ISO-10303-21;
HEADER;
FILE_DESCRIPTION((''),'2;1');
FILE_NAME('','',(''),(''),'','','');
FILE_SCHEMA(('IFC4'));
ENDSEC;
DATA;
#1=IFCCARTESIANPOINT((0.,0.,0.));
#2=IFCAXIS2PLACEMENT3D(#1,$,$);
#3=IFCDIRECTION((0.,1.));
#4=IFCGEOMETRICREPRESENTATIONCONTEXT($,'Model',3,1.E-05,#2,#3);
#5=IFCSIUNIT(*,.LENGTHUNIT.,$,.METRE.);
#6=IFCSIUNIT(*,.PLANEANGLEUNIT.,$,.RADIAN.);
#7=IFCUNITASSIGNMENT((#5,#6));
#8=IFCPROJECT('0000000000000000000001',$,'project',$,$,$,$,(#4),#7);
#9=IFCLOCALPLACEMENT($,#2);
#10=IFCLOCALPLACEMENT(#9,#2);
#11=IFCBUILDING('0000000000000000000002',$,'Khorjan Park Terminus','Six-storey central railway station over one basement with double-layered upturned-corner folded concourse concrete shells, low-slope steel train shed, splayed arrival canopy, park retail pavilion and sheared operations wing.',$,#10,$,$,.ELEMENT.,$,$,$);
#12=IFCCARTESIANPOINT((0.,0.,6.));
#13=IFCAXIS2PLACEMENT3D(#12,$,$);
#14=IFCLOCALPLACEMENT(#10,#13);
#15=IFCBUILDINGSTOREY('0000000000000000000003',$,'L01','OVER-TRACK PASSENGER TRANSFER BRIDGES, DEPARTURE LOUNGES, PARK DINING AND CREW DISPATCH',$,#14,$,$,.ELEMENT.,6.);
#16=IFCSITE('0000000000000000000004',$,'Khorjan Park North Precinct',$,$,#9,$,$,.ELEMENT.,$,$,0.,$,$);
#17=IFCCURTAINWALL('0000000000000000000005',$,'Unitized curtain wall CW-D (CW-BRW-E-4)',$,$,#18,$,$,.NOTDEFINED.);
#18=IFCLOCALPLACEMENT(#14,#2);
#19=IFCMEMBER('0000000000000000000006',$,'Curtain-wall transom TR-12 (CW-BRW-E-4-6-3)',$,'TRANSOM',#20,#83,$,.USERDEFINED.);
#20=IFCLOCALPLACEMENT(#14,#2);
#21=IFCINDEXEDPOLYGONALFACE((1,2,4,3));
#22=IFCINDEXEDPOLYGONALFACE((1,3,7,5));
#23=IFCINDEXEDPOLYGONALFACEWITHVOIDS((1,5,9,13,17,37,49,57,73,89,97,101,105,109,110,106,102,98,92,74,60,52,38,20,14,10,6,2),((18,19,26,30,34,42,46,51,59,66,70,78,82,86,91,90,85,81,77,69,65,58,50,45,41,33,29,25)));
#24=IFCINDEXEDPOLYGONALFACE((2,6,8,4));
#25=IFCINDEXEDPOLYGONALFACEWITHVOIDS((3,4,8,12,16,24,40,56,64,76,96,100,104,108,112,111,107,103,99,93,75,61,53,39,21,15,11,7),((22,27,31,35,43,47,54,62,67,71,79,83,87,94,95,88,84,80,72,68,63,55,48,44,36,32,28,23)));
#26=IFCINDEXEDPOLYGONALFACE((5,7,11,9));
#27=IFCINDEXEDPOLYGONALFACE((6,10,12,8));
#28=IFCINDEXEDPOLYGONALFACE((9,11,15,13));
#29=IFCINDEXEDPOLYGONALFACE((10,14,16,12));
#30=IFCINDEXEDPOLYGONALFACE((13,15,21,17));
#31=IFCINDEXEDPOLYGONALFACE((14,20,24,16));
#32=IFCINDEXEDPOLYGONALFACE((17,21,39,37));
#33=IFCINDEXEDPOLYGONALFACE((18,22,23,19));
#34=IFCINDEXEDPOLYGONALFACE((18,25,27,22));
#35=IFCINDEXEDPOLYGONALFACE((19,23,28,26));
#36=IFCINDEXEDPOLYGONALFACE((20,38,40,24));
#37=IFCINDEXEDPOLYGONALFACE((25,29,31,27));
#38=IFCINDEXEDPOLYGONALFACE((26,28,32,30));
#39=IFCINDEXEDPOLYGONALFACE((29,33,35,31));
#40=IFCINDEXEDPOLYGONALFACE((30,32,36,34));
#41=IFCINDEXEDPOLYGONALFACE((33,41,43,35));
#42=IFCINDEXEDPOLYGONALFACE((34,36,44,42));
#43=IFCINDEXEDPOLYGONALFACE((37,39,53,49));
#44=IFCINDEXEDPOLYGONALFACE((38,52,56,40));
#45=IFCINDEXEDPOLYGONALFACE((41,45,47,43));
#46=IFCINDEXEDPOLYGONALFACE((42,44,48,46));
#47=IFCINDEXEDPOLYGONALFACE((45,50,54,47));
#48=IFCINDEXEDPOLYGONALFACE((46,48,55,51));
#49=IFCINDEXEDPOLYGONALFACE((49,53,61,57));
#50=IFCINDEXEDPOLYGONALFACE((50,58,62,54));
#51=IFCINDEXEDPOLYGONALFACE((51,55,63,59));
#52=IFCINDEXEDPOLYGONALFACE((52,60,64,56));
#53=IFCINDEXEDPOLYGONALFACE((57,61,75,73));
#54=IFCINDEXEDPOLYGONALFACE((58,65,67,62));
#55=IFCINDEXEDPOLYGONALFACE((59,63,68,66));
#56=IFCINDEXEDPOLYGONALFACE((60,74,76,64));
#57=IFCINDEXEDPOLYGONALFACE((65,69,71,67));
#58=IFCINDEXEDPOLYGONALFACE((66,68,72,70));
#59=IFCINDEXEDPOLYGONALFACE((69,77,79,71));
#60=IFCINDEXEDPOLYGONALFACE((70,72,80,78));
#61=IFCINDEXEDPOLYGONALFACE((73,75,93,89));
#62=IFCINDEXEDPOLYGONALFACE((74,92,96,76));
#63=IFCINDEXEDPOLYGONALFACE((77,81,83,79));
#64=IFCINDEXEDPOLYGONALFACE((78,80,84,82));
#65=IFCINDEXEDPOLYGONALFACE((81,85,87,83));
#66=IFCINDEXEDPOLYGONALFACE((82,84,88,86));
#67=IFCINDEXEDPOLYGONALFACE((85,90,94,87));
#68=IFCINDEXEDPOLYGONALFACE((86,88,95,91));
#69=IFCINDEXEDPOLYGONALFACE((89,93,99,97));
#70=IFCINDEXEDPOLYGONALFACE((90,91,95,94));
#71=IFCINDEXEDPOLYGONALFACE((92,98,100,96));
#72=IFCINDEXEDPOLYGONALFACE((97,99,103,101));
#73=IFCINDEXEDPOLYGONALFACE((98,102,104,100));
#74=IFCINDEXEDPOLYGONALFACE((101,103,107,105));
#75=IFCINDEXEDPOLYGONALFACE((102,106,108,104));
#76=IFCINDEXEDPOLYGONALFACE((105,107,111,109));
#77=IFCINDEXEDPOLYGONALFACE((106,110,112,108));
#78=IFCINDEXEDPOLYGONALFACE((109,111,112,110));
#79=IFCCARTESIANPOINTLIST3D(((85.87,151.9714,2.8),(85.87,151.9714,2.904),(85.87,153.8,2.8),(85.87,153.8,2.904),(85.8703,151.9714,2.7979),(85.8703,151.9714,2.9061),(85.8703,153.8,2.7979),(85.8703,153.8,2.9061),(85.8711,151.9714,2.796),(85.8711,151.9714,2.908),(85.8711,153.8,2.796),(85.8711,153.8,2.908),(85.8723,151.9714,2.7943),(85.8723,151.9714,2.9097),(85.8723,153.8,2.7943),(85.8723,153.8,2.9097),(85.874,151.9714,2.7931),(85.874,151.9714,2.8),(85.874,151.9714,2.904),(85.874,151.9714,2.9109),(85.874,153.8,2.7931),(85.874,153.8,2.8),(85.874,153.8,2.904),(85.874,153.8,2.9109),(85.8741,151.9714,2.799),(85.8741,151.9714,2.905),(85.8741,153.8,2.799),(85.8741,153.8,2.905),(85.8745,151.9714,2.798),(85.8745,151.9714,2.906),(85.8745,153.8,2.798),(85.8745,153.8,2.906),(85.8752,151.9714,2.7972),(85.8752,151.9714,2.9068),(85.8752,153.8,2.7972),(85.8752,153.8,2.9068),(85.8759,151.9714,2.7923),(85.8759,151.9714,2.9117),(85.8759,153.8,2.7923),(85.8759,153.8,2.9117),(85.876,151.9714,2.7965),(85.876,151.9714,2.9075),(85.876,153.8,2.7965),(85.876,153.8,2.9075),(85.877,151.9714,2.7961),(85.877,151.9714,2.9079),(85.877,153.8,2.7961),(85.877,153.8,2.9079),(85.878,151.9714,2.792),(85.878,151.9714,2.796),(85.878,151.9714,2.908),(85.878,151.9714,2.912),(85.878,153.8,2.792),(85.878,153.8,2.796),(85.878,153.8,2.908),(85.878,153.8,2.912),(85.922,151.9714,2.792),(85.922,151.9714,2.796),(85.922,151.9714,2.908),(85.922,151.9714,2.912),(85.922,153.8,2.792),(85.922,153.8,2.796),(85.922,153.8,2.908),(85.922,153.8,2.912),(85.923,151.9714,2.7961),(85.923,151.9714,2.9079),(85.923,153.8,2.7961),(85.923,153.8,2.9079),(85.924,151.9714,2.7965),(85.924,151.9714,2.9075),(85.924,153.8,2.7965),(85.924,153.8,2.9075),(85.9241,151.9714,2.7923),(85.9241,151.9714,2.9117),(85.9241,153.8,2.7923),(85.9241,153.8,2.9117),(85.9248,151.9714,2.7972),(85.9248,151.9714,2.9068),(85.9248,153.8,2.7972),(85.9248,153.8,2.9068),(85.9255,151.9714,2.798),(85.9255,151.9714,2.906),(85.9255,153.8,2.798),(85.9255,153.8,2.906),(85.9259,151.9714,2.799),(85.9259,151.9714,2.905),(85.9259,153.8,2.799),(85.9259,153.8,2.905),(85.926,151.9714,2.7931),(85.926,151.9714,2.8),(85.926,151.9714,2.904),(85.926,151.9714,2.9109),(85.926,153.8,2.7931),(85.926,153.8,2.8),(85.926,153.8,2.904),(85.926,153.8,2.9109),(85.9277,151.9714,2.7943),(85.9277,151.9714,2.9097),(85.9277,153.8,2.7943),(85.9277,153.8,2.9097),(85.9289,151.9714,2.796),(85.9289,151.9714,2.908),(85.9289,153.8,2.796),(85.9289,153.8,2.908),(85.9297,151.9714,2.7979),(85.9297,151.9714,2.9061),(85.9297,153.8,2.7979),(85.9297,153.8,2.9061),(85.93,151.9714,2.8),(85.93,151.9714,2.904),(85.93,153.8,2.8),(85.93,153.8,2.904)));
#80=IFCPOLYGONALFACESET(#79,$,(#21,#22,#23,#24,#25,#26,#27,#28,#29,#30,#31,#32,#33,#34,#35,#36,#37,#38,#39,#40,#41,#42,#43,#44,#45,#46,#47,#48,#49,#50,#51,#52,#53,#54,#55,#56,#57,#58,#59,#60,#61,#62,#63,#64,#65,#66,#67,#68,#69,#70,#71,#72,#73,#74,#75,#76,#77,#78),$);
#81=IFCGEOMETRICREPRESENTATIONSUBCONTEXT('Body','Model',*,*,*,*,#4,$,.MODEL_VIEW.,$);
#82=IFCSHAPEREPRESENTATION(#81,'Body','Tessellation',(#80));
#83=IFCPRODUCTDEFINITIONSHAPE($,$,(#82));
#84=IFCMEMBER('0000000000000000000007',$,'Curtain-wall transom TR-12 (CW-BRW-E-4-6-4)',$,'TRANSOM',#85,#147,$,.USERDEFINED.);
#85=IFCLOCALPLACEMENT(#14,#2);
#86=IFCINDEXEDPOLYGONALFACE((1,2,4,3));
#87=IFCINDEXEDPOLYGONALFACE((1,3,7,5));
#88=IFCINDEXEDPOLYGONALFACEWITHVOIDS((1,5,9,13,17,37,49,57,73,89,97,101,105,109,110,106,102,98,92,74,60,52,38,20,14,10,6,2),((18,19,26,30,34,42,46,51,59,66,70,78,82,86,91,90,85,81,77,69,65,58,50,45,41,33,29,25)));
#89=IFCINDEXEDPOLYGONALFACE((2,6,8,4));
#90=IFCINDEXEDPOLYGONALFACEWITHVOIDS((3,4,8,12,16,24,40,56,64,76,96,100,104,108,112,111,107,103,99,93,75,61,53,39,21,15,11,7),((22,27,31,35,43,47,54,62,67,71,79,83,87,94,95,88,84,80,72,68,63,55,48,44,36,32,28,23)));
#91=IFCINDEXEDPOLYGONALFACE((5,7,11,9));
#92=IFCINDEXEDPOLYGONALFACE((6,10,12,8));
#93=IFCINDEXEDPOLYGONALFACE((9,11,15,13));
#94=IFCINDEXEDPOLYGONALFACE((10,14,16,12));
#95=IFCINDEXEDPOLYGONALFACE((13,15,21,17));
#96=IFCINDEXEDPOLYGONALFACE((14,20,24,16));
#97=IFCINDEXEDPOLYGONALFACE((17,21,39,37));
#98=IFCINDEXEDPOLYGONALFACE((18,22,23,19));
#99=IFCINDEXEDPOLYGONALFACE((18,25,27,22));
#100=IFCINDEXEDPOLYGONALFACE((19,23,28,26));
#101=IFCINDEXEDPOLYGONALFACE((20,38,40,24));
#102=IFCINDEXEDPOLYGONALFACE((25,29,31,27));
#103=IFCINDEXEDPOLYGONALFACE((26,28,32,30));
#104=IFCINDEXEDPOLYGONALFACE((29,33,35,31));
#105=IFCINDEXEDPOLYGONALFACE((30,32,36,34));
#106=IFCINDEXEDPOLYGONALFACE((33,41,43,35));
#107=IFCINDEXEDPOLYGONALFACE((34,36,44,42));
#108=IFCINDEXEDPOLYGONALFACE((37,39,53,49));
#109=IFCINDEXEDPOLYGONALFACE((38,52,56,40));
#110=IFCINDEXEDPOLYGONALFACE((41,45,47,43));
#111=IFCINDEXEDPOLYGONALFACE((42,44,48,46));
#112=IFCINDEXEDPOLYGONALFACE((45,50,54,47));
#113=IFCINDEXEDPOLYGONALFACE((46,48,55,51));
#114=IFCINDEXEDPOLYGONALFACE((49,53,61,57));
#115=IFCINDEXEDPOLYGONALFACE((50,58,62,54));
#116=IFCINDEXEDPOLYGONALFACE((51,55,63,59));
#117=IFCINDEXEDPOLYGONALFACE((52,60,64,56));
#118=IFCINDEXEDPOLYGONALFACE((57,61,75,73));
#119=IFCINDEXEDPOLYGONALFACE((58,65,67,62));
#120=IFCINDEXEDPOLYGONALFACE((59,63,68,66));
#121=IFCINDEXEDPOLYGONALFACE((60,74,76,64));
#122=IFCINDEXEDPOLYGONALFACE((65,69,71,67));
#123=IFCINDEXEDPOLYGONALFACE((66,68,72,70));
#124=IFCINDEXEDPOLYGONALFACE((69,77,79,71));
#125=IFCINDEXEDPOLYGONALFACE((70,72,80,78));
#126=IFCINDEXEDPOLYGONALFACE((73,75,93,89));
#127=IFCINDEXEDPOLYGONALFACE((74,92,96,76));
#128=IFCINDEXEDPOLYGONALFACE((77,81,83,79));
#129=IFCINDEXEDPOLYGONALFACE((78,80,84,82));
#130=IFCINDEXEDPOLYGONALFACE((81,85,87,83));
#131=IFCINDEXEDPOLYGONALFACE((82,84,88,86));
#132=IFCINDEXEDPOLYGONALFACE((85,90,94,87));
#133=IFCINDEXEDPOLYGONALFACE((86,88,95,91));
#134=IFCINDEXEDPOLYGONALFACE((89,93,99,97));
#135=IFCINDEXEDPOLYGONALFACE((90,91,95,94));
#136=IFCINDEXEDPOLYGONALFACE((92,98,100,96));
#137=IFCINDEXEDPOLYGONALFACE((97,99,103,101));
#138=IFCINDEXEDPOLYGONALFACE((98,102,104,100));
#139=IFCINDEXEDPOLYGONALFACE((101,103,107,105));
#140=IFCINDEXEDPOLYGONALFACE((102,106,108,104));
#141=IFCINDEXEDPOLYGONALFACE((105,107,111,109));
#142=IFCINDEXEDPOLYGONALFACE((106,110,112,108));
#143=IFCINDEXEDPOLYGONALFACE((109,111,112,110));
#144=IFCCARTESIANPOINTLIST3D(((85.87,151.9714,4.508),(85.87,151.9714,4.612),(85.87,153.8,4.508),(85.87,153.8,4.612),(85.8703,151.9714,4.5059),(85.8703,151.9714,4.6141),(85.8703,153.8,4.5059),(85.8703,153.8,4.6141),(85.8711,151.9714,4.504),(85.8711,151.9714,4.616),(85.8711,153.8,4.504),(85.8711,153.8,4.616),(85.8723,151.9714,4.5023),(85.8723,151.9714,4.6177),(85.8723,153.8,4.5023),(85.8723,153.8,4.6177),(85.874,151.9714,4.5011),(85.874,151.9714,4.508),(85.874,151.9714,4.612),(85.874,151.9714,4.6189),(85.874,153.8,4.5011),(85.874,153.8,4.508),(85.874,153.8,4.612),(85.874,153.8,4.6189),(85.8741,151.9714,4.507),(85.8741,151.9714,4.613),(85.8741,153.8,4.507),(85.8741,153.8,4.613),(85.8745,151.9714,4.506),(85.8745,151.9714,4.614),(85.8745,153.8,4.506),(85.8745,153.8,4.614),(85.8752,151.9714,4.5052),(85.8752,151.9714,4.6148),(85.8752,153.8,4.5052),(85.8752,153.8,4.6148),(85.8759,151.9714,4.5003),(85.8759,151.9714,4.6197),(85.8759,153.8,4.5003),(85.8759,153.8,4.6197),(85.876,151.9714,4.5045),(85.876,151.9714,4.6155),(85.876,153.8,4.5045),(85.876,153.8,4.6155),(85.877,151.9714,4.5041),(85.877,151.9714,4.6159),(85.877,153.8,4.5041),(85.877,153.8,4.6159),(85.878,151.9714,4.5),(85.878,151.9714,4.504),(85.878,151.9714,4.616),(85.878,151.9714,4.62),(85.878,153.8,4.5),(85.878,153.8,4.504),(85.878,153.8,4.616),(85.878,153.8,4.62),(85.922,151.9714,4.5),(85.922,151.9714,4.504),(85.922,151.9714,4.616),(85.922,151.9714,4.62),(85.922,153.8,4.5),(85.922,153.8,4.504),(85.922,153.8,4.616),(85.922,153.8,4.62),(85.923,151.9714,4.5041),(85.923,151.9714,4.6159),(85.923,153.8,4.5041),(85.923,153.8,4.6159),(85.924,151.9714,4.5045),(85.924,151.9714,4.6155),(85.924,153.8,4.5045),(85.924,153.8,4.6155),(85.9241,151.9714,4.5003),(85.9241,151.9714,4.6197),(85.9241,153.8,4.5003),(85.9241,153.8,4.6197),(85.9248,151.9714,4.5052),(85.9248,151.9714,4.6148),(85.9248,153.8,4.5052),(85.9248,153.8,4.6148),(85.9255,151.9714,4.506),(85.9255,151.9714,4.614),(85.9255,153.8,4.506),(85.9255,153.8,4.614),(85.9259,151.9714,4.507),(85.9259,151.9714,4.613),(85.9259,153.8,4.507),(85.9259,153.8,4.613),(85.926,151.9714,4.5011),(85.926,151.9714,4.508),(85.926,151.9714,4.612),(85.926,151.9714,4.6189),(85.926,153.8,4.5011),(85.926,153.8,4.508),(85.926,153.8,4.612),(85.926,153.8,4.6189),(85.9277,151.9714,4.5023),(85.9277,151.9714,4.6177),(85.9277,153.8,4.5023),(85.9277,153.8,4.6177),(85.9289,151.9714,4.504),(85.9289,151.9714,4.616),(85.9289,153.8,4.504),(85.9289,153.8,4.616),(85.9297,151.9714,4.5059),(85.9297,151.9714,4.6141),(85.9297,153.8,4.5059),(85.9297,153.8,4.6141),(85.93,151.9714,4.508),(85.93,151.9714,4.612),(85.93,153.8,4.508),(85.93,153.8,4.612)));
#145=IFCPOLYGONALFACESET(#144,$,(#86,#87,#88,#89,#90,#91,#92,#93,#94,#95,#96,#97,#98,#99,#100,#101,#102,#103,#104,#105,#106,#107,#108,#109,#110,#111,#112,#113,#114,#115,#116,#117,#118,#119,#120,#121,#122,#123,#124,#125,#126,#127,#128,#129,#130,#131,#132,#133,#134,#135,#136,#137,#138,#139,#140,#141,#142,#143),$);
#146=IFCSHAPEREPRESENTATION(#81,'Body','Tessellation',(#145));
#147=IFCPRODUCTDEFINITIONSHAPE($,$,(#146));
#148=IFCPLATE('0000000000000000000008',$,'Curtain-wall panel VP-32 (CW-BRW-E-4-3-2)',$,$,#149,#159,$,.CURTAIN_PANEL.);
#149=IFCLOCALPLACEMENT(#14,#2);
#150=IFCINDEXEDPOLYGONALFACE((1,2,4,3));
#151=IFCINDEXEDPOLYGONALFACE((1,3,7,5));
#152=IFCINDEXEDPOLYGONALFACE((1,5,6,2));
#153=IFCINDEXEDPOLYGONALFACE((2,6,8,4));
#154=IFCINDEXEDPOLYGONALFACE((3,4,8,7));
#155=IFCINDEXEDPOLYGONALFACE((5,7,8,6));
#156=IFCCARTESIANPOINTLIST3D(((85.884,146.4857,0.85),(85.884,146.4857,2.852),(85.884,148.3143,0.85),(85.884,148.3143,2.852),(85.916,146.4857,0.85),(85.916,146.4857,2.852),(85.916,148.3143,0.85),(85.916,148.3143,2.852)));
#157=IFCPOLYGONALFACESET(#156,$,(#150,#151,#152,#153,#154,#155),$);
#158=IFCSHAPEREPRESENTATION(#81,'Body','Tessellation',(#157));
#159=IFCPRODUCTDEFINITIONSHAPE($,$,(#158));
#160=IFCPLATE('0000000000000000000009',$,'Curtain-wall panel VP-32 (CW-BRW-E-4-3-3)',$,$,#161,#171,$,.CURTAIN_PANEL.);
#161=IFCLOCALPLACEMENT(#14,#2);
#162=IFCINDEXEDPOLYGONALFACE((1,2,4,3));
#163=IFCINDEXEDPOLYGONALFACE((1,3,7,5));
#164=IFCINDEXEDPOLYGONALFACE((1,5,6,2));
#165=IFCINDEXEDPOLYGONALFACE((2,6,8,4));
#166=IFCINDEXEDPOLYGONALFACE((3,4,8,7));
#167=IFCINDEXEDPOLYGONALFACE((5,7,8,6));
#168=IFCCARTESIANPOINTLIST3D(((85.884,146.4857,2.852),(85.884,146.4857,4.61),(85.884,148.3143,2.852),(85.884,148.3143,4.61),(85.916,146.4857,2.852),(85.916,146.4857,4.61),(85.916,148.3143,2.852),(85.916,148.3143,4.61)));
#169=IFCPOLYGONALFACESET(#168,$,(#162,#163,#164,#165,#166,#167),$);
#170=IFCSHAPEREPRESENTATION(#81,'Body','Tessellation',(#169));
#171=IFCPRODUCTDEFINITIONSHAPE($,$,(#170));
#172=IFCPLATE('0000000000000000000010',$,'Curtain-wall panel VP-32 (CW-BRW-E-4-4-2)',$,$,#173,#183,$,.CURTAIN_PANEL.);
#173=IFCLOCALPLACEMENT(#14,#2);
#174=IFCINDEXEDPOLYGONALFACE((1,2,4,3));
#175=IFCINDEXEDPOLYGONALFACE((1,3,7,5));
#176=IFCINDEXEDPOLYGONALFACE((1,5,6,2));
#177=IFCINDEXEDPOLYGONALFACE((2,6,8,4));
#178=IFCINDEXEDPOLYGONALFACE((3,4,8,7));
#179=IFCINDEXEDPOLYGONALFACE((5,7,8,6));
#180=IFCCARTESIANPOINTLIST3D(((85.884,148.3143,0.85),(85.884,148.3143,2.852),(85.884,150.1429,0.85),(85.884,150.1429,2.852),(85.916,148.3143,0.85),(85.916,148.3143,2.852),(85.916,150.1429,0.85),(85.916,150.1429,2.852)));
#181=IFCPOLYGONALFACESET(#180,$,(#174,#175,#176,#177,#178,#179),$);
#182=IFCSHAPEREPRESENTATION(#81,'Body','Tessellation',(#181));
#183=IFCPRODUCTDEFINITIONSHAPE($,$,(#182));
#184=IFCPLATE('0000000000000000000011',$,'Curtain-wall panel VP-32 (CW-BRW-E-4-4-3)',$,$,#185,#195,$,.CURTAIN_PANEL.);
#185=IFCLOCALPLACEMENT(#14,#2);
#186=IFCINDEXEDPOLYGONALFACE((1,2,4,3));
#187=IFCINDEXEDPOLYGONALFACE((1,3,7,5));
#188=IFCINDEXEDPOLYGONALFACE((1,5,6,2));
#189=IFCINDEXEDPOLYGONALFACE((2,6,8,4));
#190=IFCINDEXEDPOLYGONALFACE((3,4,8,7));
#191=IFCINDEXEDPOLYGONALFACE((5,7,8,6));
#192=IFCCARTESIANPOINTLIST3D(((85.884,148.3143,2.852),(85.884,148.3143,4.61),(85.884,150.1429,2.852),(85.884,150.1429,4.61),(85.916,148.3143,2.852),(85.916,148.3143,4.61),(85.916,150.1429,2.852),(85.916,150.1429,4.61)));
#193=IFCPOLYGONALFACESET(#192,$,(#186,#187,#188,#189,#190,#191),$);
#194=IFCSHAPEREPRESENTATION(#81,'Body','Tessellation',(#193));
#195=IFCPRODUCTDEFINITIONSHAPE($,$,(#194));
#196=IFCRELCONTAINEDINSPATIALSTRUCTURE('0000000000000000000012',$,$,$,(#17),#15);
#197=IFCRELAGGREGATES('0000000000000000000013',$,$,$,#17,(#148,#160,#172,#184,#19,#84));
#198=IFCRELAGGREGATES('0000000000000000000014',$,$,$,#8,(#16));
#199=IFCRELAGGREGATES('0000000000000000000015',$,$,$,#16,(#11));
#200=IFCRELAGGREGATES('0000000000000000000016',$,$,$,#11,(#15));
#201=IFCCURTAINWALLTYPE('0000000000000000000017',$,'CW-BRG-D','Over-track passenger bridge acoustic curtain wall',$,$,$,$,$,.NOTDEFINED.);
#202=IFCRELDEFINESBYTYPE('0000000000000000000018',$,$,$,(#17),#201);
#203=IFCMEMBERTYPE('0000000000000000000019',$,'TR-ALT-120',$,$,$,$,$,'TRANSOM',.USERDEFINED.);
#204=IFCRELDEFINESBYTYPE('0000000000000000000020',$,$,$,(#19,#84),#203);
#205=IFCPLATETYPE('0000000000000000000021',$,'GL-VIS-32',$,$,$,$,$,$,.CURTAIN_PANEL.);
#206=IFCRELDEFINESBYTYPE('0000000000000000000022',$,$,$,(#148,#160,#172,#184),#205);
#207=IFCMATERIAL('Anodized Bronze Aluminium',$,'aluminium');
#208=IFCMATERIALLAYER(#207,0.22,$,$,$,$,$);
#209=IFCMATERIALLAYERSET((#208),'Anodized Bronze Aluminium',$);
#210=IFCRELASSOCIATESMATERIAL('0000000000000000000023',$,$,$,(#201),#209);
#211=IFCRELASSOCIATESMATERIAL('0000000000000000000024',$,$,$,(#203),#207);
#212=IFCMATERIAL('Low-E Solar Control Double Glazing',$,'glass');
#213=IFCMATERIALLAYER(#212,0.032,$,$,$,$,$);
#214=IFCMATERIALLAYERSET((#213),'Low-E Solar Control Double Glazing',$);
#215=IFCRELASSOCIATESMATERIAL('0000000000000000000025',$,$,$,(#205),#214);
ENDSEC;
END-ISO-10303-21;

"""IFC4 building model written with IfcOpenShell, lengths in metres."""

from ifc_helpers import new_model, si_unit, direction, frame, origin, origin_2d, place, context, subcontext, project, spatial, rectangle, hollow_rectangle, extrude, material, layer, layer_set, material_profile, profile_set, type_object, element, aggregate, save


model = new_model("IFC4")

# Units and contexts
model_context = context("Model", 3, precision=1e-05, world=origin(), true_north=direction((0.0, 1.0)))
body_context = subcontext(model_context, "Body", "Model", "MODEL_VIEW")
ifc_project = project(units=[si_unit("LENGTHUNIT", "METRE"), si_unit("PLANEANGLEUNIT", "RADIAN")], contexts=[model_context])

# Site, building, storey
site_placement = place(None, origin())
site = spatial("IfcSite", under=ifc_project, at=site_placement, Name="Khorjan Park North Precinct", CompositionType="ELEMENT", RefElevation=0.0)
building_placement = place(site_placement, origin())
building = spatial("IfcBuilding", under=site, at=building_placement, Name="Khorjan Park Terminus", Description="Six-storey central railway station over one basement with double-layered upturned-corner folded concourse concrete shells, low-slope steel train shed, splayed arrival canopy, park retail pavilion and sheared operations wing.", CompositionType="ELEMENT")
storey_placement = place(building_placement, frame((0.0, 0.0, 6.0)))
storey = spatial("IfcBuildingStorey", under=building, at=storey_placement, Name="L01", Description="OVER-TRACK PASSENGER TRANSFER BRIDGES, DEPARTURE LOUNGES, PARK DINING AND CREW DISPATCH", CompositionType="ELEMENT", Elevation=6.0)

# Curtain wall, members, plates
ifc_material_1 = material(Name="Anodized Bronze Aluminium", Category="aluminium")
ifc_layer_1 = layer(ifc_material_1, 0.22)
ifc_layer_set_1 = layer_set([ifc_layer_1], Name="Anodized Bronze Aluminium")
curtain_wall_type = type_object("IfcCurtainWallType", Name="CW-BRG-D", Description="Over-track passenger bridge acoustic curtain wall", PredefinedType="NOTDEFINED", material=ifc_layer_set_1)
curtain_wall_placement = place(storey_placement, origin())
curtain_wall = element("IfcCurtainWall", 1, at=curtain_wall_placement, inside=storey, type_object=curtain_wall_type, Name="Unitized curtain wall CW-D (CW-BRW-E-4)", PredefinedType="NOTDEFINED")
ifc_material_profile_1 = material_profile(ifc_material_1, hollow_rectangle(XDim=0.06, YDim=0.12, WallThickness=0.004, InnerFilletRadius=0.004, OuterFilletRadius=0.008, at=origin_2d()), Name="ALT 60x120x4")
ifc_profile_set_1 = profile_set([ifc_material_profile_1], Name="Anodized Bronze Aluminium")
member_type_1 = type_object("IfcMemberType", Name="TR-ALT-120", ElementType="TRANSOM", PredefinedType="USERDEFINED", material=ifc_profile_set_1)
member_1_placement = place(storey_placement, frame((85.9, 151.9714, 2.852), z_axis=(0.0, 1.0, 0.0), x_axis=(-1.0, 0.0, 0.0)))
member_1 = element("IfcMember", 2, at=member_1_placement, type_object=member_type_1, Name="Curtain-wall transom TR-12 (CW-BRW-E-4-6-3)", ObjectType="TRANSOM", PredefinedType="USERDEFINED", context=body_context, shape_type="SweptSolid", body=[
    extrude(hollow_rectangle(XDim=0.06, YDim=0.12, WallThickness=0.004, InnerFilletRadius=0.004, OuterFilletRadius=0.008, at=origin_2d()), origin(), (0.0, 0.0, 1.0), 1.8286),
])
member_2_placement = place(storey_placement, frame((85.9, 151.9714, 4.56), z_axis=(0.0, 1.0, 0.0), x_axis=(-1.0, 0.0, 0.0)))
member_2 = element("IfcMember", 3, at=member_2_placement, type_object=member_type_1, Name="Curtain-wall transom TR-12 (CW-BRW-E-4-6-4)", ObjectType="TRANSOM", PredefinedType="USERDEFINED", context=body_context, shape_type="SweptSolid", body=[
    extrude(hollow_rectangle(XDim=0.06, YDim=0.12, WallThickness=0.004, InnerFilletRadius=0.004, OuterFilletRadius=0.008, at=origin_2d()), origin(), (0.0, 0.0, 1.0), 1.8286),
])
ifc_material_2 = material(Name="Low-E Solar Control Double Glazing", Category="glass")
ifc_layer_2 = layer(ifc_material_2, 0.032)
ifc_layer_set_2 = layer_set([ifc_layer_2], Name="Low-E Solar Control Double Glazing")
plate_type_1 = type_object("IfcPlateType", Name="GL-VIS-32", PredefinedType="CURTAIN_PANEL", material=ifc_layer_set_2)
plate_1_placement = place(storey_placement, frame((85.9, 147.4, 0.85), z_axis=(0.0, 0.0, 1.0), x_axis=(0.0, 1.0, 0.0)))
plate_1 = element("IfcPlate", 4, at=plate_1_placement, type_object=plate_type_1, Name="Curtain-wall panel VP-32 (CW-BRW-E-4-3-2)", PredefinedType="CURTAIN_PANEL", context=body_context, shape_type="SweptSolid", body=[
    extrude(rectangle(XDim=1.8286, YDim=0.032, at=origin_2d()), origin(), (0.0, 0.0, 1.0), 2.002),
])
plate_2_placement = place(storey_placement, frame((85.9, 147.4, 2.852), z_axis=(0.0, 0.0, 1.0), x_axis=(0.0, 1.0, 0.0)))
plate_2 = element("IfcPlate", 5, at=plate_2_placement, type_object=plate_type_1, Name="Curtain-wall panel VP-32 (CW-BRW-E-4-3-3)", PredefinedType="CURTAIN_PANEL", context=body_context, shape_type="SweptSolid", body=[
    extrude(rectangle(XDim=1.8286, YDim=0.032, at=origin_2d()), origin(), (0.0, 0.0, 1.0), 1.758),
])
plate_3_placement = place(storey_placement, frame((85.9, 149.2286, 0.85), z_axis=(0.0, 0.0, 1.0), x_axis=(0.0, 1.0, 0.0)))
plate_3 = element("IfcPlate", 6, at=plate_3_placement, type_object=plate_type_1, Name="Curtain-wall panel VP-32 (CW-BRW-E-4-4-2)", PredefinedType="CURTAIN_PANEL", context=body_context, shape_type="SweptSolid", body=[
    extrude(rectangle(XDim=1.8286, YDim=0.032, at=origin_2d()), origin(), (0.0, 0.0, 1.0), 2.002),
])
plate_4_placement = place(storey_placement, frame((85.9, 149.2286, 2.852), z_axis=(0.0, 0.0, 1.0), x_axis=(0.0, 1.0, 0.0)))
plate_4 = element("IfcPlate", 7, at=plate_4_placement, type_object=plate_type_1, Name="Curtain-wall panel VP-32 (CW-BRW-E-4-4-3)", PredefinedType="CURTAIN_PANEL", context=body_context, shape_type="SweptSolid", body=[
    extrude(rectangle(XDim=1.8286, YDim=0.032, at=origin_2d()), origin(), (0.0, 0.0, 1.0), 1.758),
])
aggregate(curtain_wall, [plate_1, plate_2, plate_3, plate_4, member_1, member_2])

save(model, "model.ifc")
